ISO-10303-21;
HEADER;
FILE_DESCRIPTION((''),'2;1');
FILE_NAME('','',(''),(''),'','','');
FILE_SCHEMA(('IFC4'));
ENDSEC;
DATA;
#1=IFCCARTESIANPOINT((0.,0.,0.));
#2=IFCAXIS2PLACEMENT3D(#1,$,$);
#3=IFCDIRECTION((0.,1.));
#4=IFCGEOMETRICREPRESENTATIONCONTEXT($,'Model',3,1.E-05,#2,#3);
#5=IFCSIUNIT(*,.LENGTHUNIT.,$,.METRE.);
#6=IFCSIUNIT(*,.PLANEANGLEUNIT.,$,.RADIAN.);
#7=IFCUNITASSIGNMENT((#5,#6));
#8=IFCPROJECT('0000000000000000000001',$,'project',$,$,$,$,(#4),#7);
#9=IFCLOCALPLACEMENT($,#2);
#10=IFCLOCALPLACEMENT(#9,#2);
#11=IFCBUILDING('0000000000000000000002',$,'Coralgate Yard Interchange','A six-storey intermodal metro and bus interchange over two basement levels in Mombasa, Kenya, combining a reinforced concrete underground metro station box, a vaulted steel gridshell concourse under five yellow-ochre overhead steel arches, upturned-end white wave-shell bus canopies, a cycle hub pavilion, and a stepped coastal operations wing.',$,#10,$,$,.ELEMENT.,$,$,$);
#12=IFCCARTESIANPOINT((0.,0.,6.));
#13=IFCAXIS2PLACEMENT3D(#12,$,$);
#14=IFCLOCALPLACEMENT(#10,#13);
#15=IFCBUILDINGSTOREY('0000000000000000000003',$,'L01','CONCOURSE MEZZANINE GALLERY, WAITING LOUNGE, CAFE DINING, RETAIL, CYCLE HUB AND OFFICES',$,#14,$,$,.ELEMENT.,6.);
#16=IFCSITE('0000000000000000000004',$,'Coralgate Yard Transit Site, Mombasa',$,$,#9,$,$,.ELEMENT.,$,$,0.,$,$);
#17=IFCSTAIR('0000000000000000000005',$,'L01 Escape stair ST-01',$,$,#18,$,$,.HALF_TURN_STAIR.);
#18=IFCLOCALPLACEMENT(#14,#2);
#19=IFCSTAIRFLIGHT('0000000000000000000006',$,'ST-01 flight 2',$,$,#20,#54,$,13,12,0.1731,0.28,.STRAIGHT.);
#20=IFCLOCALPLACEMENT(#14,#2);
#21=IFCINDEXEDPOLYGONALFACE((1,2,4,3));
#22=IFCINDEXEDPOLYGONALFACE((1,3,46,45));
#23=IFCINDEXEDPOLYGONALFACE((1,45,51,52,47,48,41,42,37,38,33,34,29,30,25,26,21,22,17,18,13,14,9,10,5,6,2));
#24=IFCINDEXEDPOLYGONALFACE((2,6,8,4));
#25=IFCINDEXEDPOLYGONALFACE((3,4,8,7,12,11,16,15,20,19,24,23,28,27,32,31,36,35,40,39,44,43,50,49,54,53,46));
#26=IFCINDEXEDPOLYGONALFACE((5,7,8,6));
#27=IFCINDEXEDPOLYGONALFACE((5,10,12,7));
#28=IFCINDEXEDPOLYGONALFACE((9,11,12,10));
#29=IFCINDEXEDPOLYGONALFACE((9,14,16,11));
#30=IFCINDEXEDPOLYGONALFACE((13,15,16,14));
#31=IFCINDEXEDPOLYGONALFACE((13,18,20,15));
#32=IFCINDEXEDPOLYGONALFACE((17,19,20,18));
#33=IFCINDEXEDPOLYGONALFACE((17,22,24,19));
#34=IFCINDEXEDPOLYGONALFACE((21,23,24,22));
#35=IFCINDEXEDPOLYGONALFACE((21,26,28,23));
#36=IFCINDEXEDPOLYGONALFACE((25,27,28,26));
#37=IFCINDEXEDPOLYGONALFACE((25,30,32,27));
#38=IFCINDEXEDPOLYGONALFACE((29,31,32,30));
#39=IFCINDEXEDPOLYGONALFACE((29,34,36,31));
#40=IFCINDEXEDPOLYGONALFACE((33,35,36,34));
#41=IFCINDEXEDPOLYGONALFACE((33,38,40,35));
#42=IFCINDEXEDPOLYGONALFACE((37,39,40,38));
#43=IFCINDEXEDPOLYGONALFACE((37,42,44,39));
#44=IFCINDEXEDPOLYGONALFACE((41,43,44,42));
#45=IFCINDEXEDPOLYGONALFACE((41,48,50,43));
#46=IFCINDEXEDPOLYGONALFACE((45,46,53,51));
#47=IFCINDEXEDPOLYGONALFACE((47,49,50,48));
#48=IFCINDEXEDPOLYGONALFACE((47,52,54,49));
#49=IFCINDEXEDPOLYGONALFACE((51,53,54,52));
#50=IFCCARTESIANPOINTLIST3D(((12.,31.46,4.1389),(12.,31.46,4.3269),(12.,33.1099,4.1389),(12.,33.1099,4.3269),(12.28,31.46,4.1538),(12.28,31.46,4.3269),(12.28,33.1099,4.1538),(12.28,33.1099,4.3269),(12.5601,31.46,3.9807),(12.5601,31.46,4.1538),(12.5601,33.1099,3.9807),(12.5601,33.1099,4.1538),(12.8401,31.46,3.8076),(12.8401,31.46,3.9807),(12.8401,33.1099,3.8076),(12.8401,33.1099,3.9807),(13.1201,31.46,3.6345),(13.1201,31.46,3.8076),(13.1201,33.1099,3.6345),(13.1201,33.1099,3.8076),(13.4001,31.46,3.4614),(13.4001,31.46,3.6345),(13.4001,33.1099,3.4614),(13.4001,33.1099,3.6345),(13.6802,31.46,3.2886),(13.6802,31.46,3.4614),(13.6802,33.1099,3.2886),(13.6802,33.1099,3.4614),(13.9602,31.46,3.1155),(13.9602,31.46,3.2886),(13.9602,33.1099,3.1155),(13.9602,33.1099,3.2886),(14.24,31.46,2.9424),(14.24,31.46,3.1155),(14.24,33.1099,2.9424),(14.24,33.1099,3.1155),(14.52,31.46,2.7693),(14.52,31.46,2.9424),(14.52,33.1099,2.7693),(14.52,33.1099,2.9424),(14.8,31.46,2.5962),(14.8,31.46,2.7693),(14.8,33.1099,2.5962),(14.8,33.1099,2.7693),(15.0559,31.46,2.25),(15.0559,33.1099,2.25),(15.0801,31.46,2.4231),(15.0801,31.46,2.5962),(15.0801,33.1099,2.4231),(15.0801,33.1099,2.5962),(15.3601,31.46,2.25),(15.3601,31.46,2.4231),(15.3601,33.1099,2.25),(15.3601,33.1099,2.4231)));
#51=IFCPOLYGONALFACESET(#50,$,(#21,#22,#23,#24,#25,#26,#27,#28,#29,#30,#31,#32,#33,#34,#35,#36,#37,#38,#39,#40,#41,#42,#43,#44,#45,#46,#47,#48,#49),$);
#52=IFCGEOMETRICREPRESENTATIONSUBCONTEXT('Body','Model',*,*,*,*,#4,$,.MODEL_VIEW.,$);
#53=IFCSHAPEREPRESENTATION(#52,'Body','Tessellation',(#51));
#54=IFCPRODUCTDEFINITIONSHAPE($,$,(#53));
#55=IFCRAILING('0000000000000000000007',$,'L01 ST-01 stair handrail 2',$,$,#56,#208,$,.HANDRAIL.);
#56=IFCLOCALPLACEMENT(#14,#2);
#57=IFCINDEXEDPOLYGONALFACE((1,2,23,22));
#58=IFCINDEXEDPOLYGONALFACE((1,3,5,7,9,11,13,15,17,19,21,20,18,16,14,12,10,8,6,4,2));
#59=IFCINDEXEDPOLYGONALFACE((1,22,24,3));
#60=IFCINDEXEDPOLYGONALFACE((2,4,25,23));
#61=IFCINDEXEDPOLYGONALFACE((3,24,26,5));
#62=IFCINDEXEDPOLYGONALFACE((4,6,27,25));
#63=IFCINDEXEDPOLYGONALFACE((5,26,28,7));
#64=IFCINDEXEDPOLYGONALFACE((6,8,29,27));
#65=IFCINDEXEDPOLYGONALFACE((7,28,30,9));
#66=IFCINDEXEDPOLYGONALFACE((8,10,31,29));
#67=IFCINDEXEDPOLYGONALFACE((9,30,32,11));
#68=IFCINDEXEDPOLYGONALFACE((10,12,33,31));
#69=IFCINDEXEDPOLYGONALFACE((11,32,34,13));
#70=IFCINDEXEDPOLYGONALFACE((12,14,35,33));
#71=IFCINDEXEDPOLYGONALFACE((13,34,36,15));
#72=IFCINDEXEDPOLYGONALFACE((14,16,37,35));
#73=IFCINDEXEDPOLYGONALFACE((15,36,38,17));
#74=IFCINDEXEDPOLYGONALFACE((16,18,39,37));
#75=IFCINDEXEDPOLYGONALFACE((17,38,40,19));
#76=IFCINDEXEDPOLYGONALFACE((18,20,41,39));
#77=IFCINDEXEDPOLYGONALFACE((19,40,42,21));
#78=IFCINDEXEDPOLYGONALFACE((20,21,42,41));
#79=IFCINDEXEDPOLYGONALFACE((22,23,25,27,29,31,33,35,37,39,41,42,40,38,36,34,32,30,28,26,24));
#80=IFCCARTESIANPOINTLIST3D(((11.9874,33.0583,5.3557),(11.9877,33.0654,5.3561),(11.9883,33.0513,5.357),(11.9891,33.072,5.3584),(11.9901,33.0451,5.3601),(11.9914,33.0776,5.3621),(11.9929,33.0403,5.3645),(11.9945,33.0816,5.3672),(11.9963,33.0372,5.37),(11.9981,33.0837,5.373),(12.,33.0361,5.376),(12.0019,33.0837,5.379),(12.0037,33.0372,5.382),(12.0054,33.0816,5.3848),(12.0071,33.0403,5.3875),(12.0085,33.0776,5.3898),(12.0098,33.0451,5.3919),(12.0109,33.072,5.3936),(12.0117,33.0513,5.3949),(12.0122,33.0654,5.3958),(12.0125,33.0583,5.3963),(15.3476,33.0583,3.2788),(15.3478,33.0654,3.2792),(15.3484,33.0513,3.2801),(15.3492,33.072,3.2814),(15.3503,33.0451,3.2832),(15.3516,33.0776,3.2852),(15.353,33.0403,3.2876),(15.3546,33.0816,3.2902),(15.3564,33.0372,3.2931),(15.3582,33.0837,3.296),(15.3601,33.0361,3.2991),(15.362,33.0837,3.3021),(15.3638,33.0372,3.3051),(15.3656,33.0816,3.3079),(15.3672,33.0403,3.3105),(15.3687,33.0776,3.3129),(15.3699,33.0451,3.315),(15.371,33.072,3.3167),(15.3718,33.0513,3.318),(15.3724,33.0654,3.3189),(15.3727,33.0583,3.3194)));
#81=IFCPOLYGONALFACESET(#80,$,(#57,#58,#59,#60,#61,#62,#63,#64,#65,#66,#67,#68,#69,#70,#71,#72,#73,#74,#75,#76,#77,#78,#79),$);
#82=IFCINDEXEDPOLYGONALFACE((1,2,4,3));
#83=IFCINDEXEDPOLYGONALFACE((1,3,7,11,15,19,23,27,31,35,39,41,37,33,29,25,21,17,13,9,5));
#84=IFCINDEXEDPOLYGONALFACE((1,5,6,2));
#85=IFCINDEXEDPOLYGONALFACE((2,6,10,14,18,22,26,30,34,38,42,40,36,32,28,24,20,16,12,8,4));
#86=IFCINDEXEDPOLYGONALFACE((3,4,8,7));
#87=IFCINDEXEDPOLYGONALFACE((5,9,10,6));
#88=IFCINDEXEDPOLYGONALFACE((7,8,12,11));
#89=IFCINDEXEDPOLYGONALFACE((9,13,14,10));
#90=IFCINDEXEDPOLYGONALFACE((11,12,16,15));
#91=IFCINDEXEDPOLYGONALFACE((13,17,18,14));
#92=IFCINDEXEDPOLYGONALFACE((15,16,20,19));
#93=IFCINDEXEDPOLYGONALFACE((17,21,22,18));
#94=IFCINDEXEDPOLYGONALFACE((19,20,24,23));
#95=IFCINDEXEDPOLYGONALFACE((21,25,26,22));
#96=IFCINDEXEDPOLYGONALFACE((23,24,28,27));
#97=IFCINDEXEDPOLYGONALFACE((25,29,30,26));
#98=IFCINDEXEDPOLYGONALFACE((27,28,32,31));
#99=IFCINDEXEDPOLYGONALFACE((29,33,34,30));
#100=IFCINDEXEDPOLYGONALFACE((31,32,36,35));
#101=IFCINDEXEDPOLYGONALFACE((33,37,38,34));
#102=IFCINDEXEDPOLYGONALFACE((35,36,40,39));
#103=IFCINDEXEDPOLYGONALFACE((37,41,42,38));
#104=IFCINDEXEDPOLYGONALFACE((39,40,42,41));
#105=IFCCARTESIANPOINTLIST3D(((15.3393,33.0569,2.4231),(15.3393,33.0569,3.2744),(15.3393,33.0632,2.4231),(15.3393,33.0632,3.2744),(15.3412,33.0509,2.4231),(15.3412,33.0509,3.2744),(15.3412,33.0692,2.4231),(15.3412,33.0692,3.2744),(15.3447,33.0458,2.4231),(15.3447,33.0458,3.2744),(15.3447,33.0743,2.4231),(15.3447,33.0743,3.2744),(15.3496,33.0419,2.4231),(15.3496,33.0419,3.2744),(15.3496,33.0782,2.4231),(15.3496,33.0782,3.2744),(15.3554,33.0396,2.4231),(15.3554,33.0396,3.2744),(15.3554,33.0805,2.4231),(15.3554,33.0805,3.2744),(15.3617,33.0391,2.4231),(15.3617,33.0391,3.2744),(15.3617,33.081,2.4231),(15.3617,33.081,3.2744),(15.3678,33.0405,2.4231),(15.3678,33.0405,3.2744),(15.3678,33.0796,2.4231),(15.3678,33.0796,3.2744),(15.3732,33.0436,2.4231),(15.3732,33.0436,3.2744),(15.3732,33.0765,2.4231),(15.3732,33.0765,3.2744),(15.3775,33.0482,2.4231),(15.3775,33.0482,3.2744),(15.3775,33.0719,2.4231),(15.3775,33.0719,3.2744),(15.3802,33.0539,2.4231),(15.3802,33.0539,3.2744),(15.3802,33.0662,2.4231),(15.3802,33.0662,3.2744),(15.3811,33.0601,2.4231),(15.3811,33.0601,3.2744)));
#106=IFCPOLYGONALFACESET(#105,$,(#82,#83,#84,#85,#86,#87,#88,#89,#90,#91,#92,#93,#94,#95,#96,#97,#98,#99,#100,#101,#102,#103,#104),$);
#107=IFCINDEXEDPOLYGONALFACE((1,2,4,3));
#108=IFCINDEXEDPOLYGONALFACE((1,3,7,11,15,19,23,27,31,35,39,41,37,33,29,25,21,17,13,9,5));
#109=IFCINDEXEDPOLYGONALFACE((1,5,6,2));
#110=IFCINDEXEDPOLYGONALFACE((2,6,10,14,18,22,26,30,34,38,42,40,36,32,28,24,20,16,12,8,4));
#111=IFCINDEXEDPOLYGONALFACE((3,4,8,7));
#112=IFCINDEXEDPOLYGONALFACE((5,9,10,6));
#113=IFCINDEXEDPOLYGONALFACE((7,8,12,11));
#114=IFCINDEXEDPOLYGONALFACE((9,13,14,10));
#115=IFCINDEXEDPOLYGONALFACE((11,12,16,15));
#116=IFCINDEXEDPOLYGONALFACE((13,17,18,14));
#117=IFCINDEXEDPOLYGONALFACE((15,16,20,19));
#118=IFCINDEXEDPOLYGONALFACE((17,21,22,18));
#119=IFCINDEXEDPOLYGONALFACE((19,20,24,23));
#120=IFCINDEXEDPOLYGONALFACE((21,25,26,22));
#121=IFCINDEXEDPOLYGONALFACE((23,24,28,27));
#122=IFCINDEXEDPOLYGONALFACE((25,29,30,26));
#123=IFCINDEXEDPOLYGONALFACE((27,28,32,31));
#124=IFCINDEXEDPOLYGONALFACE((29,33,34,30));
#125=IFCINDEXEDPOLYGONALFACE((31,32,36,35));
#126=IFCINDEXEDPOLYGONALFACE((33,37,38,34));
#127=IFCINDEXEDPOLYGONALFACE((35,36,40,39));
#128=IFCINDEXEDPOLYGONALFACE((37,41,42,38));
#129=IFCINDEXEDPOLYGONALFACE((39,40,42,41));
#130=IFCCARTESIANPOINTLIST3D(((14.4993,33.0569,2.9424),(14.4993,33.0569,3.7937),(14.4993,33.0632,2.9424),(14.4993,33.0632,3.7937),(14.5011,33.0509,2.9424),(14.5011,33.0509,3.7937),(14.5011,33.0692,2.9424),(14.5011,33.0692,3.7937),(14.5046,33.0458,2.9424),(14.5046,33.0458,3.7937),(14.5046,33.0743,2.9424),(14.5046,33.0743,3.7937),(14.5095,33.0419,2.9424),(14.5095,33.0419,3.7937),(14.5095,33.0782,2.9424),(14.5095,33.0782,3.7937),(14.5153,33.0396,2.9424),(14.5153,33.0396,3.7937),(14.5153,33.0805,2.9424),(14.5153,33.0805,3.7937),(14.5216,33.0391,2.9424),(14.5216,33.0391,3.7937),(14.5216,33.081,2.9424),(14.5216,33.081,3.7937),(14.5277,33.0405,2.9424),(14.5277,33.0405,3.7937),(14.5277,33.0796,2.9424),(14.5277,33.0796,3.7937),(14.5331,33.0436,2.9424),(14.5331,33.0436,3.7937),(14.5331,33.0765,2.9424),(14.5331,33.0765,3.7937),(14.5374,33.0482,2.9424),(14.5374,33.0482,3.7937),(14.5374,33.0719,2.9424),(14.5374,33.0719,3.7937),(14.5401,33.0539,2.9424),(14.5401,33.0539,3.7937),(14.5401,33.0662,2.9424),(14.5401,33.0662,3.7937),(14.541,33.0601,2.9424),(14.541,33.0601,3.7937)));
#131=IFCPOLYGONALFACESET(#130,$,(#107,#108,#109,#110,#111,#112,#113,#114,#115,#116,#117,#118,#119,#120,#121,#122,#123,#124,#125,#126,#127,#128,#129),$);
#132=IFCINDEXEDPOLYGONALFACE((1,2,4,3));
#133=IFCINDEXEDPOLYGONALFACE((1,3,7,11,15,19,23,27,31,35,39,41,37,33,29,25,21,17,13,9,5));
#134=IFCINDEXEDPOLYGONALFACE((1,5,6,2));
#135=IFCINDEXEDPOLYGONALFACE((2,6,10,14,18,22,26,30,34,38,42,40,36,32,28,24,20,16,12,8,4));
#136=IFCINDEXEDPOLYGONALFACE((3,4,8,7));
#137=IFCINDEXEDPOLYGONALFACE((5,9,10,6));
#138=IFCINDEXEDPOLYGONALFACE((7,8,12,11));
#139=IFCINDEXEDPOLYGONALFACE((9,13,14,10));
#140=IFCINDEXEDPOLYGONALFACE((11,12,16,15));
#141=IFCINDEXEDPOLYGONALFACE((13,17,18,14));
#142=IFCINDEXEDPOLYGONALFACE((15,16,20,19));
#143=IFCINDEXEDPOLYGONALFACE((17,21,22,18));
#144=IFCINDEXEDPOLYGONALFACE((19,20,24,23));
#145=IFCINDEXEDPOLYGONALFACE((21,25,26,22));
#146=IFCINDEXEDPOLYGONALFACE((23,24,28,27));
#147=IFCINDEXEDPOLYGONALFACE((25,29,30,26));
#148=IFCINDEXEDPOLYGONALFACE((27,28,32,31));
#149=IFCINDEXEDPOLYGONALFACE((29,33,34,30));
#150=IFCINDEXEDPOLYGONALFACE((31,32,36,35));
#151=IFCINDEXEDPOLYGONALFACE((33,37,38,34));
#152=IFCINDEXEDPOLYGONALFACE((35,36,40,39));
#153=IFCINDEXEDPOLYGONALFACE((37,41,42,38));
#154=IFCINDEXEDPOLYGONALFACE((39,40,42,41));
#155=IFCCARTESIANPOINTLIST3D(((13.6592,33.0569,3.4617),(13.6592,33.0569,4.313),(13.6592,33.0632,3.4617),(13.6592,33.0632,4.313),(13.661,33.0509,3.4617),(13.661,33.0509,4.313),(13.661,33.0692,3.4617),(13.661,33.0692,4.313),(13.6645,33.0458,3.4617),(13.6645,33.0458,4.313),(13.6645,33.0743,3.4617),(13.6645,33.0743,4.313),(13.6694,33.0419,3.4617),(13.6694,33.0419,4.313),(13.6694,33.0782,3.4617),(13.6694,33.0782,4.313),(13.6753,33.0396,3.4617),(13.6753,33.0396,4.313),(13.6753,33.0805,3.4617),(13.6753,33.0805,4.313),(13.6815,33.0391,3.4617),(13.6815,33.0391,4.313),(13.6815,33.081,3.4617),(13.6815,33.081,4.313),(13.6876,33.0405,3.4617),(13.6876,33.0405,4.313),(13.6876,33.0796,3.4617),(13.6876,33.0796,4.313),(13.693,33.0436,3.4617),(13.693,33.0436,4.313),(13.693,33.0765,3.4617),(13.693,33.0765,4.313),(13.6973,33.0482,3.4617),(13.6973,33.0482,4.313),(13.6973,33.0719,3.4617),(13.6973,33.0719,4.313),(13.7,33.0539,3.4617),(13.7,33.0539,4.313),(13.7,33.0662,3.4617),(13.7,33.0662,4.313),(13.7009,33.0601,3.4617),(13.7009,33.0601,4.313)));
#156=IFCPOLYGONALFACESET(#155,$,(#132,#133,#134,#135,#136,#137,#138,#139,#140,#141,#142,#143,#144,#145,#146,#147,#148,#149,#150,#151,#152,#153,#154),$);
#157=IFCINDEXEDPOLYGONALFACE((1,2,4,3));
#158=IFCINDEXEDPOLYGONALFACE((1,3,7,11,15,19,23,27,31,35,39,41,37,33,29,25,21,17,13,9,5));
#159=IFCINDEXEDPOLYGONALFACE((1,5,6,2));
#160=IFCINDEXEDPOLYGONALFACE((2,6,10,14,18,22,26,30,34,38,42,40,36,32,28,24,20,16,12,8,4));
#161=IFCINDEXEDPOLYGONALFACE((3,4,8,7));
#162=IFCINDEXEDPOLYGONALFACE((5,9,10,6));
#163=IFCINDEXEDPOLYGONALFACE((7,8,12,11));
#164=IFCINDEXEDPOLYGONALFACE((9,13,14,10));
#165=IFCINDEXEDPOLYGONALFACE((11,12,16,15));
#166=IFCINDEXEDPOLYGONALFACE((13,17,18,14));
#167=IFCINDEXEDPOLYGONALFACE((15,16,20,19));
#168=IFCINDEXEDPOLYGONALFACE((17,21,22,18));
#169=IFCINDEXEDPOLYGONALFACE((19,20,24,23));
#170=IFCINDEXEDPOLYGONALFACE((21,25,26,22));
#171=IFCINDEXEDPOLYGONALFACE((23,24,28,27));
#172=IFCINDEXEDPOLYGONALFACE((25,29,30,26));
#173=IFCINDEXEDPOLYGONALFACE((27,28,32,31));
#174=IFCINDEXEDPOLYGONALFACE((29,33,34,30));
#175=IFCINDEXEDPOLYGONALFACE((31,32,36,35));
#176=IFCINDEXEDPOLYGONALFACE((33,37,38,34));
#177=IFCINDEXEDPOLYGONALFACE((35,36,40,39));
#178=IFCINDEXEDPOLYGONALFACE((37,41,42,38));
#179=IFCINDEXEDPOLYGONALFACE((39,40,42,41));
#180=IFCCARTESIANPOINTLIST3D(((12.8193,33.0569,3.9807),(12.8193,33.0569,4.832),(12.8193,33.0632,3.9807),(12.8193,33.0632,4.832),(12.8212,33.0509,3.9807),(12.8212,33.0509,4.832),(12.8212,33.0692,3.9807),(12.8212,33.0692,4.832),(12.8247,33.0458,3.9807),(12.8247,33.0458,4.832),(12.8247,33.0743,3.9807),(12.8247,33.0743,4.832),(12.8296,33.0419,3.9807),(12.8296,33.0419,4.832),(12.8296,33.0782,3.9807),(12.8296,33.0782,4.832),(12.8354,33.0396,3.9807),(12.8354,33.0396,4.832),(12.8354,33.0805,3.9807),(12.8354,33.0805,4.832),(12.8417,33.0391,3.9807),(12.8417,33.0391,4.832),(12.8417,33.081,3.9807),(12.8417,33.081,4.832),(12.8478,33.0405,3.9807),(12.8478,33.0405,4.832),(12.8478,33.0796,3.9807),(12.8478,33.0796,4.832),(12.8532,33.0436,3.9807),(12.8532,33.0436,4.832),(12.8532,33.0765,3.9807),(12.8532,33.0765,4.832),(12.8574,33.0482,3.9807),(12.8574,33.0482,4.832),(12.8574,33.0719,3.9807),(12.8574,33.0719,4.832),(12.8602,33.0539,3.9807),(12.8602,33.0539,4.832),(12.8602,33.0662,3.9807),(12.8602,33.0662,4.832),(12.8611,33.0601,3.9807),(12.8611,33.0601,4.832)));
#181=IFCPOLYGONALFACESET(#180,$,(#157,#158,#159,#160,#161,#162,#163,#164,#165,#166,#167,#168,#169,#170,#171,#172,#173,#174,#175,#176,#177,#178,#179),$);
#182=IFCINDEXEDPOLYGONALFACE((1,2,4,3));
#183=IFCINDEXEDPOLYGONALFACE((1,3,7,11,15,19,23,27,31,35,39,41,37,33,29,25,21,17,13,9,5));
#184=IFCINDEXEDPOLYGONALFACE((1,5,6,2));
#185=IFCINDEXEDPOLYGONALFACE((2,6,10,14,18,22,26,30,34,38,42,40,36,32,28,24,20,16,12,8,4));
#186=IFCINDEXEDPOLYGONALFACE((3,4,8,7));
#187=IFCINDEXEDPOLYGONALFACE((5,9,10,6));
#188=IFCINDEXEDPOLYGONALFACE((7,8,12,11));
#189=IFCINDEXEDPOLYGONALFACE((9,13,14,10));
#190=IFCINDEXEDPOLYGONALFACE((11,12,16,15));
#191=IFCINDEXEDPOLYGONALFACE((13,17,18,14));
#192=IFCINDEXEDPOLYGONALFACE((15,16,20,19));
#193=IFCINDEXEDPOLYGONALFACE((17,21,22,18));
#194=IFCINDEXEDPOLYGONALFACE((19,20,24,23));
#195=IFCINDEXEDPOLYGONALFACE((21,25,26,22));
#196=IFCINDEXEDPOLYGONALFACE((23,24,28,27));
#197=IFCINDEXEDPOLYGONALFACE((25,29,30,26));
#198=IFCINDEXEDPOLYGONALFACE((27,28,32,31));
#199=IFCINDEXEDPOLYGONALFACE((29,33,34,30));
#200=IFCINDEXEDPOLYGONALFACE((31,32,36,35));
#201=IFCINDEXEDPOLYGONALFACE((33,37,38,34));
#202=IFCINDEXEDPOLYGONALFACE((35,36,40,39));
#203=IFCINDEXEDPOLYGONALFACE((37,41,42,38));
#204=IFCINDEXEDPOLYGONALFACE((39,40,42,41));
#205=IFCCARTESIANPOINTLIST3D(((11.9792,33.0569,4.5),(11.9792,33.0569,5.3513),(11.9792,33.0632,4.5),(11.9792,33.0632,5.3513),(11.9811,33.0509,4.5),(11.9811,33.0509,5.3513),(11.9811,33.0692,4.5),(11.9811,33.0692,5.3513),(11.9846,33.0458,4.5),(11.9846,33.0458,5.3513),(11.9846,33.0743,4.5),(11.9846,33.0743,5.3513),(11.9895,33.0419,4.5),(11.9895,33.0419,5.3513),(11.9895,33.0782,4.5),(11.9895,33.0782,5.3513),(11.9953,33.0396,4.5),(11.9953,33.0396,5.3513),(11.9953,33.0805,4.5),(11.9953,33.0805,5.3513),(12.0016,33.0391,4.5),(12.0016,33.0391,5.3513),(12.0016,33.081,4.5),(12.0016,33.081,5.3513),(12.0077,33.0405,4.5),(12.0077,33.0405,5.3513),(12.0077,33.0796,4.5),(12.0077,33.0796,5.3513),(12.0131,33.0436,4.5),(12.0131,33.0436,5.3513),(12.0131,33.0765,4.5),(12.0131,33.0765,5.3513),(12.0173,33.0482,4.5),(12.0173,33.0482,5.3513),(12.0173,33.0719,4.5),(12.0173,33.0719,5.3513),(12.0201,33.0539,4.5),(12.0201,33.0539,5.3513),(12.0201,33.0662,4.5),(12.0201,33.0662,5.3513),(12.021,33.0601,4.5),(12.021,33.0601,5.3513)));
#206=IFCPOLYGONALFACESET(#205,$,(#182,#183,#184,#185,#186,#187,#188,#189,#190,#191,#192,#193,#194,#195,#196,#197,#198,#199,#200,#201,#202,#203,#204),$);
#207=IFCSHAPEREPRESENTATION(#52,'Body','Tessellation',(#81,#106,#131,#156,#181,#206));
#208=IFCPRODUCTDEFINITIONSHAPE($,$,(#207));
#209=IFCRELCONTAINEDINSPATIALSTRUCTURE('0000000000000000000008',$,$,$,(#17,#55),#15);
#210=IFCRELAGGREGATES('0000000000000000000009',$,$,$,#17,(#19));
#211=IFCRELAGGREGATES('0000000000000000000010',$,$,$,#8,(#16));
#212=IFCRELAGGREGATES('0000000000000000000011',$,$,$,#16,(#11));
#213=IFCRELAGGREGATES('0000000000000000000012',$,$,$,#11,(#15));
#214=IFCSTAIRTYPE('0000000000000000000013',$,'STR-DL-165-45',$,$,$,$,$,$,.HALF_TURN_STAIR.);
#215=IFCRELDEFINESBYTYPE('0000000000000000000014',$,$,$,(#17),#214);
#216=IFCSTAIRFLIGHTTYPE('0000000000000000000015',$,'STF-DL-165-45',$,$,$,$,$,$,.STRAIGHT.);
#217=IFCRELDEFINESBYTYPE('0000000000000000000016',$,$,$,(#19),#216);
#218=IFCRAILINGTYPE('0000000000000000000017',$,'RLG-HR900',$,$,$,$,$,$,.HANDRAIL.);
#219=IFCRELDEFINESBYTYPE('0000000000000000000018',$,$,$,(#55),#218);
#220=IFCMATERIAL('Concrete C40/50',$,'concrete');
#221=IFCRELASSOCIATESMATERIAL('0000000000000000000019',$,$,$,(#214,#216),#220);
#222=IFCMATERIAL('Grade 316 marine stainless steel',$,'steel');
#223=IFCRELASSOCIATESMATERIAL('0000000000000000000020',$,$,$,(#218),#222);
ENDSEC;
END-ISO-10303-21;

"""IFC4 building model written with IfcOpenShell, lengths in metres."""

from ifc_helpers import new_model, si_unit, direction, frame, origin, origin_2d, place, context, subcontext, project, spatial, polyline, circle, outline, extrude, material, type_object, element, aggregate, save


model = new_model("IFC4")

# Units and contexts
model_context = context("Model", 3, precision=1e-05, world=origin(), true_north=direction((0.0, 1.0)))
body_context = subcontext(model_context, "Body", "Model", "MODEL_VIEW")
ifc_project = project(units=[si_unit("LENGTHUNIT", "METRE"), si_unit("PLANEANGLEUNIT", "RADIAN")], contexts=[model_context])

# Site, building, storey
site_placement = place(None, origin())
site = spatial("IfcSite", under=ifc_project, at=site_placement, Name="Coralgate Yard Transit Site, Mombasa", CompositionType="ELEMENT", RefElevation=0.0)
building_placement = place(site_placement, origin())
building = spatial("IfcBuilding", under=site, at=building_placement, Name="Coralgate Yard Interchange", Description="A six-storey intermodal metro and bus interchange over two basement levels in Mombasa, Kenya, combining a reinforced concrete underground metro station box, a vaulted steel gridshell concourse under five yellow-ochre overhead steel arches, upturned-end white wave-shell bus canopies, a cycle hub pavilion, and a stepped coastal operations wing.", CompositionType="ELEMENT")
storey_placement = place(building_placement, frame((0.0, 0.0, 6.0)))
storey = spatial("IfcBuildingStorey", under=building, at=storey_placement, Name="L01", Description="CONCOURSE MEZZANINE GALLERY, WAITING LOUNGE, CAFE DINING, RETAIL, CYCLE HUB AND OFFICES", CompositionType="ELEMENT", Elevation=6.0)

# Shared definitions
ifc_material_1 = material(Name="Concrete C40/50", Category="concrete")

# Stair, stair flight
stair_type = type_object("IfcStairType", Name="STR-DL-165-45", PredefinedType="HALF_TURN_STAIR", material=ifc_material_1)
stair_placement = place(storey_placement, origin())
stair = element("IfcStair", 1, at=stair_placement, inside=storey, type_object=stair_type, Name="L01 Escape stair ST-01", PredefinedType="HALF_TURN_STAIR")
stair_flight_type = type_object("IfcStairFlightType", Name="STF-DL-165-45", PredefinedType="STRAIGHT", material=ifc_material_1)
stair_flight_placement = place(storey_placement, frame((15.3601, 32.2849, 2.25), z_axis=(0.0, 0.0, 1.0), x_axis=(-1.0, 0.0, 0.0)))
stair_flight = element("IfcStairFlight", 2, at=stair_flight_placement, type_object=stair_flight_type, Name="ST-01 flight 2", NumberOfRisers=13, NumberOfTreads=12, PredefinedType="STRAIGHT", RiserHeight=0.1731, TreadLength=0.28, context=body_context, shape_type="SweptSolid", body=[
    extrude(outline(polyline([(0.0, 0.0), (0.0, 0.1731), (0.28, 0.1731), (0.28, 0.3462), (0.5601, 0.3462), (0.5601, 0.5193), (0.8401, 0.5193), (0.8401, 0.6924), (1.1201, 0.6924), (1.1201, 0.8655), (1.3999, 0.8655), (1.3999, 1.0386), (1.6799, 1.0386), (1.6799, 1.2114), (1.96, 1.2114), (1.96, 1.3845), (2.24, 1.3845), (2.24, 1.5576), (2.52, 1.5576), (2.52, 1.7307), (2.8, 1.7307), (2.8, 1.9038), (3.0801, 1.9038), (3.0801, 2.0769), (3.3601, 2.0769), (3.3601, 2.25), (3.3601, 1.8889), (0.3042, 0.0), (0.0, 0.0)])), frame((0.0, 0.825, 0.0), z_axis=(0.0, -1.0, 0.0), x_axis=(1.0, 0.0, 0.0)), (0.0, 0.0, 1.0), 1.6499),
])
aggregate(stair, [stair_flight])

# Railing
ifc_material_2 = material(Name="Grade 316 marine stainless steel", Category="steel")
railing_type = type_object("IfcRailingType", Name="RLG-HR900", PredefinedType="HANDRAIL", material=ifc_material_2)
railing_placement = place(storey_placement, frame((15.3601, 33.0601, 2.4231)))
element("IfcRailing", 3, at=railing_placement, inside=storey, type_object=railing_type, Name="L01 ST-01 stair handrail 2", PredefinedType="HANDRAIL", context=body_context, shape_type="SweptSolid", body=[
    extrude(circle(Radius=0.0239, at=origin_2d()), frame((0.0, 0.0, 0.876), z_axis=(-0.850623, 0.0, 0.525776), x_axis=(0.0, -1.0, 0.0)), (0.0, 0.0, 1.0), 3.9502),
    extrude(circle(Radius=0.021, at=origin_2d()), origin(), (0.0, 0.0, 1.0), 0.8513),
    extrude(circle(Radius=0.021, at=origin_2d()), frame((-0.8401, 0.0, 0.5193)), (0.0, 0.0, 1.0), 0.8513),
    extrude(circle(Radius=0.021, at=origin_2d()), frame((-1.6802, 0.0, 1.0386)), (0.0, 0.0, 1.0), 0.8513),
    extrude(circle(Radius=0.021, at=origin_2d()), frame((-2.52, 0.0, 1.5576)), (0.0, 0.0, 1.0), 0.8513),
    extrude(circle(Radius=0.021, at=origin_2d()), frame((-3.3601, 0.0, 2.0769)), (0.0, 0.0, 1.0), 0.8513),
])

save(model, "model.ifc")
